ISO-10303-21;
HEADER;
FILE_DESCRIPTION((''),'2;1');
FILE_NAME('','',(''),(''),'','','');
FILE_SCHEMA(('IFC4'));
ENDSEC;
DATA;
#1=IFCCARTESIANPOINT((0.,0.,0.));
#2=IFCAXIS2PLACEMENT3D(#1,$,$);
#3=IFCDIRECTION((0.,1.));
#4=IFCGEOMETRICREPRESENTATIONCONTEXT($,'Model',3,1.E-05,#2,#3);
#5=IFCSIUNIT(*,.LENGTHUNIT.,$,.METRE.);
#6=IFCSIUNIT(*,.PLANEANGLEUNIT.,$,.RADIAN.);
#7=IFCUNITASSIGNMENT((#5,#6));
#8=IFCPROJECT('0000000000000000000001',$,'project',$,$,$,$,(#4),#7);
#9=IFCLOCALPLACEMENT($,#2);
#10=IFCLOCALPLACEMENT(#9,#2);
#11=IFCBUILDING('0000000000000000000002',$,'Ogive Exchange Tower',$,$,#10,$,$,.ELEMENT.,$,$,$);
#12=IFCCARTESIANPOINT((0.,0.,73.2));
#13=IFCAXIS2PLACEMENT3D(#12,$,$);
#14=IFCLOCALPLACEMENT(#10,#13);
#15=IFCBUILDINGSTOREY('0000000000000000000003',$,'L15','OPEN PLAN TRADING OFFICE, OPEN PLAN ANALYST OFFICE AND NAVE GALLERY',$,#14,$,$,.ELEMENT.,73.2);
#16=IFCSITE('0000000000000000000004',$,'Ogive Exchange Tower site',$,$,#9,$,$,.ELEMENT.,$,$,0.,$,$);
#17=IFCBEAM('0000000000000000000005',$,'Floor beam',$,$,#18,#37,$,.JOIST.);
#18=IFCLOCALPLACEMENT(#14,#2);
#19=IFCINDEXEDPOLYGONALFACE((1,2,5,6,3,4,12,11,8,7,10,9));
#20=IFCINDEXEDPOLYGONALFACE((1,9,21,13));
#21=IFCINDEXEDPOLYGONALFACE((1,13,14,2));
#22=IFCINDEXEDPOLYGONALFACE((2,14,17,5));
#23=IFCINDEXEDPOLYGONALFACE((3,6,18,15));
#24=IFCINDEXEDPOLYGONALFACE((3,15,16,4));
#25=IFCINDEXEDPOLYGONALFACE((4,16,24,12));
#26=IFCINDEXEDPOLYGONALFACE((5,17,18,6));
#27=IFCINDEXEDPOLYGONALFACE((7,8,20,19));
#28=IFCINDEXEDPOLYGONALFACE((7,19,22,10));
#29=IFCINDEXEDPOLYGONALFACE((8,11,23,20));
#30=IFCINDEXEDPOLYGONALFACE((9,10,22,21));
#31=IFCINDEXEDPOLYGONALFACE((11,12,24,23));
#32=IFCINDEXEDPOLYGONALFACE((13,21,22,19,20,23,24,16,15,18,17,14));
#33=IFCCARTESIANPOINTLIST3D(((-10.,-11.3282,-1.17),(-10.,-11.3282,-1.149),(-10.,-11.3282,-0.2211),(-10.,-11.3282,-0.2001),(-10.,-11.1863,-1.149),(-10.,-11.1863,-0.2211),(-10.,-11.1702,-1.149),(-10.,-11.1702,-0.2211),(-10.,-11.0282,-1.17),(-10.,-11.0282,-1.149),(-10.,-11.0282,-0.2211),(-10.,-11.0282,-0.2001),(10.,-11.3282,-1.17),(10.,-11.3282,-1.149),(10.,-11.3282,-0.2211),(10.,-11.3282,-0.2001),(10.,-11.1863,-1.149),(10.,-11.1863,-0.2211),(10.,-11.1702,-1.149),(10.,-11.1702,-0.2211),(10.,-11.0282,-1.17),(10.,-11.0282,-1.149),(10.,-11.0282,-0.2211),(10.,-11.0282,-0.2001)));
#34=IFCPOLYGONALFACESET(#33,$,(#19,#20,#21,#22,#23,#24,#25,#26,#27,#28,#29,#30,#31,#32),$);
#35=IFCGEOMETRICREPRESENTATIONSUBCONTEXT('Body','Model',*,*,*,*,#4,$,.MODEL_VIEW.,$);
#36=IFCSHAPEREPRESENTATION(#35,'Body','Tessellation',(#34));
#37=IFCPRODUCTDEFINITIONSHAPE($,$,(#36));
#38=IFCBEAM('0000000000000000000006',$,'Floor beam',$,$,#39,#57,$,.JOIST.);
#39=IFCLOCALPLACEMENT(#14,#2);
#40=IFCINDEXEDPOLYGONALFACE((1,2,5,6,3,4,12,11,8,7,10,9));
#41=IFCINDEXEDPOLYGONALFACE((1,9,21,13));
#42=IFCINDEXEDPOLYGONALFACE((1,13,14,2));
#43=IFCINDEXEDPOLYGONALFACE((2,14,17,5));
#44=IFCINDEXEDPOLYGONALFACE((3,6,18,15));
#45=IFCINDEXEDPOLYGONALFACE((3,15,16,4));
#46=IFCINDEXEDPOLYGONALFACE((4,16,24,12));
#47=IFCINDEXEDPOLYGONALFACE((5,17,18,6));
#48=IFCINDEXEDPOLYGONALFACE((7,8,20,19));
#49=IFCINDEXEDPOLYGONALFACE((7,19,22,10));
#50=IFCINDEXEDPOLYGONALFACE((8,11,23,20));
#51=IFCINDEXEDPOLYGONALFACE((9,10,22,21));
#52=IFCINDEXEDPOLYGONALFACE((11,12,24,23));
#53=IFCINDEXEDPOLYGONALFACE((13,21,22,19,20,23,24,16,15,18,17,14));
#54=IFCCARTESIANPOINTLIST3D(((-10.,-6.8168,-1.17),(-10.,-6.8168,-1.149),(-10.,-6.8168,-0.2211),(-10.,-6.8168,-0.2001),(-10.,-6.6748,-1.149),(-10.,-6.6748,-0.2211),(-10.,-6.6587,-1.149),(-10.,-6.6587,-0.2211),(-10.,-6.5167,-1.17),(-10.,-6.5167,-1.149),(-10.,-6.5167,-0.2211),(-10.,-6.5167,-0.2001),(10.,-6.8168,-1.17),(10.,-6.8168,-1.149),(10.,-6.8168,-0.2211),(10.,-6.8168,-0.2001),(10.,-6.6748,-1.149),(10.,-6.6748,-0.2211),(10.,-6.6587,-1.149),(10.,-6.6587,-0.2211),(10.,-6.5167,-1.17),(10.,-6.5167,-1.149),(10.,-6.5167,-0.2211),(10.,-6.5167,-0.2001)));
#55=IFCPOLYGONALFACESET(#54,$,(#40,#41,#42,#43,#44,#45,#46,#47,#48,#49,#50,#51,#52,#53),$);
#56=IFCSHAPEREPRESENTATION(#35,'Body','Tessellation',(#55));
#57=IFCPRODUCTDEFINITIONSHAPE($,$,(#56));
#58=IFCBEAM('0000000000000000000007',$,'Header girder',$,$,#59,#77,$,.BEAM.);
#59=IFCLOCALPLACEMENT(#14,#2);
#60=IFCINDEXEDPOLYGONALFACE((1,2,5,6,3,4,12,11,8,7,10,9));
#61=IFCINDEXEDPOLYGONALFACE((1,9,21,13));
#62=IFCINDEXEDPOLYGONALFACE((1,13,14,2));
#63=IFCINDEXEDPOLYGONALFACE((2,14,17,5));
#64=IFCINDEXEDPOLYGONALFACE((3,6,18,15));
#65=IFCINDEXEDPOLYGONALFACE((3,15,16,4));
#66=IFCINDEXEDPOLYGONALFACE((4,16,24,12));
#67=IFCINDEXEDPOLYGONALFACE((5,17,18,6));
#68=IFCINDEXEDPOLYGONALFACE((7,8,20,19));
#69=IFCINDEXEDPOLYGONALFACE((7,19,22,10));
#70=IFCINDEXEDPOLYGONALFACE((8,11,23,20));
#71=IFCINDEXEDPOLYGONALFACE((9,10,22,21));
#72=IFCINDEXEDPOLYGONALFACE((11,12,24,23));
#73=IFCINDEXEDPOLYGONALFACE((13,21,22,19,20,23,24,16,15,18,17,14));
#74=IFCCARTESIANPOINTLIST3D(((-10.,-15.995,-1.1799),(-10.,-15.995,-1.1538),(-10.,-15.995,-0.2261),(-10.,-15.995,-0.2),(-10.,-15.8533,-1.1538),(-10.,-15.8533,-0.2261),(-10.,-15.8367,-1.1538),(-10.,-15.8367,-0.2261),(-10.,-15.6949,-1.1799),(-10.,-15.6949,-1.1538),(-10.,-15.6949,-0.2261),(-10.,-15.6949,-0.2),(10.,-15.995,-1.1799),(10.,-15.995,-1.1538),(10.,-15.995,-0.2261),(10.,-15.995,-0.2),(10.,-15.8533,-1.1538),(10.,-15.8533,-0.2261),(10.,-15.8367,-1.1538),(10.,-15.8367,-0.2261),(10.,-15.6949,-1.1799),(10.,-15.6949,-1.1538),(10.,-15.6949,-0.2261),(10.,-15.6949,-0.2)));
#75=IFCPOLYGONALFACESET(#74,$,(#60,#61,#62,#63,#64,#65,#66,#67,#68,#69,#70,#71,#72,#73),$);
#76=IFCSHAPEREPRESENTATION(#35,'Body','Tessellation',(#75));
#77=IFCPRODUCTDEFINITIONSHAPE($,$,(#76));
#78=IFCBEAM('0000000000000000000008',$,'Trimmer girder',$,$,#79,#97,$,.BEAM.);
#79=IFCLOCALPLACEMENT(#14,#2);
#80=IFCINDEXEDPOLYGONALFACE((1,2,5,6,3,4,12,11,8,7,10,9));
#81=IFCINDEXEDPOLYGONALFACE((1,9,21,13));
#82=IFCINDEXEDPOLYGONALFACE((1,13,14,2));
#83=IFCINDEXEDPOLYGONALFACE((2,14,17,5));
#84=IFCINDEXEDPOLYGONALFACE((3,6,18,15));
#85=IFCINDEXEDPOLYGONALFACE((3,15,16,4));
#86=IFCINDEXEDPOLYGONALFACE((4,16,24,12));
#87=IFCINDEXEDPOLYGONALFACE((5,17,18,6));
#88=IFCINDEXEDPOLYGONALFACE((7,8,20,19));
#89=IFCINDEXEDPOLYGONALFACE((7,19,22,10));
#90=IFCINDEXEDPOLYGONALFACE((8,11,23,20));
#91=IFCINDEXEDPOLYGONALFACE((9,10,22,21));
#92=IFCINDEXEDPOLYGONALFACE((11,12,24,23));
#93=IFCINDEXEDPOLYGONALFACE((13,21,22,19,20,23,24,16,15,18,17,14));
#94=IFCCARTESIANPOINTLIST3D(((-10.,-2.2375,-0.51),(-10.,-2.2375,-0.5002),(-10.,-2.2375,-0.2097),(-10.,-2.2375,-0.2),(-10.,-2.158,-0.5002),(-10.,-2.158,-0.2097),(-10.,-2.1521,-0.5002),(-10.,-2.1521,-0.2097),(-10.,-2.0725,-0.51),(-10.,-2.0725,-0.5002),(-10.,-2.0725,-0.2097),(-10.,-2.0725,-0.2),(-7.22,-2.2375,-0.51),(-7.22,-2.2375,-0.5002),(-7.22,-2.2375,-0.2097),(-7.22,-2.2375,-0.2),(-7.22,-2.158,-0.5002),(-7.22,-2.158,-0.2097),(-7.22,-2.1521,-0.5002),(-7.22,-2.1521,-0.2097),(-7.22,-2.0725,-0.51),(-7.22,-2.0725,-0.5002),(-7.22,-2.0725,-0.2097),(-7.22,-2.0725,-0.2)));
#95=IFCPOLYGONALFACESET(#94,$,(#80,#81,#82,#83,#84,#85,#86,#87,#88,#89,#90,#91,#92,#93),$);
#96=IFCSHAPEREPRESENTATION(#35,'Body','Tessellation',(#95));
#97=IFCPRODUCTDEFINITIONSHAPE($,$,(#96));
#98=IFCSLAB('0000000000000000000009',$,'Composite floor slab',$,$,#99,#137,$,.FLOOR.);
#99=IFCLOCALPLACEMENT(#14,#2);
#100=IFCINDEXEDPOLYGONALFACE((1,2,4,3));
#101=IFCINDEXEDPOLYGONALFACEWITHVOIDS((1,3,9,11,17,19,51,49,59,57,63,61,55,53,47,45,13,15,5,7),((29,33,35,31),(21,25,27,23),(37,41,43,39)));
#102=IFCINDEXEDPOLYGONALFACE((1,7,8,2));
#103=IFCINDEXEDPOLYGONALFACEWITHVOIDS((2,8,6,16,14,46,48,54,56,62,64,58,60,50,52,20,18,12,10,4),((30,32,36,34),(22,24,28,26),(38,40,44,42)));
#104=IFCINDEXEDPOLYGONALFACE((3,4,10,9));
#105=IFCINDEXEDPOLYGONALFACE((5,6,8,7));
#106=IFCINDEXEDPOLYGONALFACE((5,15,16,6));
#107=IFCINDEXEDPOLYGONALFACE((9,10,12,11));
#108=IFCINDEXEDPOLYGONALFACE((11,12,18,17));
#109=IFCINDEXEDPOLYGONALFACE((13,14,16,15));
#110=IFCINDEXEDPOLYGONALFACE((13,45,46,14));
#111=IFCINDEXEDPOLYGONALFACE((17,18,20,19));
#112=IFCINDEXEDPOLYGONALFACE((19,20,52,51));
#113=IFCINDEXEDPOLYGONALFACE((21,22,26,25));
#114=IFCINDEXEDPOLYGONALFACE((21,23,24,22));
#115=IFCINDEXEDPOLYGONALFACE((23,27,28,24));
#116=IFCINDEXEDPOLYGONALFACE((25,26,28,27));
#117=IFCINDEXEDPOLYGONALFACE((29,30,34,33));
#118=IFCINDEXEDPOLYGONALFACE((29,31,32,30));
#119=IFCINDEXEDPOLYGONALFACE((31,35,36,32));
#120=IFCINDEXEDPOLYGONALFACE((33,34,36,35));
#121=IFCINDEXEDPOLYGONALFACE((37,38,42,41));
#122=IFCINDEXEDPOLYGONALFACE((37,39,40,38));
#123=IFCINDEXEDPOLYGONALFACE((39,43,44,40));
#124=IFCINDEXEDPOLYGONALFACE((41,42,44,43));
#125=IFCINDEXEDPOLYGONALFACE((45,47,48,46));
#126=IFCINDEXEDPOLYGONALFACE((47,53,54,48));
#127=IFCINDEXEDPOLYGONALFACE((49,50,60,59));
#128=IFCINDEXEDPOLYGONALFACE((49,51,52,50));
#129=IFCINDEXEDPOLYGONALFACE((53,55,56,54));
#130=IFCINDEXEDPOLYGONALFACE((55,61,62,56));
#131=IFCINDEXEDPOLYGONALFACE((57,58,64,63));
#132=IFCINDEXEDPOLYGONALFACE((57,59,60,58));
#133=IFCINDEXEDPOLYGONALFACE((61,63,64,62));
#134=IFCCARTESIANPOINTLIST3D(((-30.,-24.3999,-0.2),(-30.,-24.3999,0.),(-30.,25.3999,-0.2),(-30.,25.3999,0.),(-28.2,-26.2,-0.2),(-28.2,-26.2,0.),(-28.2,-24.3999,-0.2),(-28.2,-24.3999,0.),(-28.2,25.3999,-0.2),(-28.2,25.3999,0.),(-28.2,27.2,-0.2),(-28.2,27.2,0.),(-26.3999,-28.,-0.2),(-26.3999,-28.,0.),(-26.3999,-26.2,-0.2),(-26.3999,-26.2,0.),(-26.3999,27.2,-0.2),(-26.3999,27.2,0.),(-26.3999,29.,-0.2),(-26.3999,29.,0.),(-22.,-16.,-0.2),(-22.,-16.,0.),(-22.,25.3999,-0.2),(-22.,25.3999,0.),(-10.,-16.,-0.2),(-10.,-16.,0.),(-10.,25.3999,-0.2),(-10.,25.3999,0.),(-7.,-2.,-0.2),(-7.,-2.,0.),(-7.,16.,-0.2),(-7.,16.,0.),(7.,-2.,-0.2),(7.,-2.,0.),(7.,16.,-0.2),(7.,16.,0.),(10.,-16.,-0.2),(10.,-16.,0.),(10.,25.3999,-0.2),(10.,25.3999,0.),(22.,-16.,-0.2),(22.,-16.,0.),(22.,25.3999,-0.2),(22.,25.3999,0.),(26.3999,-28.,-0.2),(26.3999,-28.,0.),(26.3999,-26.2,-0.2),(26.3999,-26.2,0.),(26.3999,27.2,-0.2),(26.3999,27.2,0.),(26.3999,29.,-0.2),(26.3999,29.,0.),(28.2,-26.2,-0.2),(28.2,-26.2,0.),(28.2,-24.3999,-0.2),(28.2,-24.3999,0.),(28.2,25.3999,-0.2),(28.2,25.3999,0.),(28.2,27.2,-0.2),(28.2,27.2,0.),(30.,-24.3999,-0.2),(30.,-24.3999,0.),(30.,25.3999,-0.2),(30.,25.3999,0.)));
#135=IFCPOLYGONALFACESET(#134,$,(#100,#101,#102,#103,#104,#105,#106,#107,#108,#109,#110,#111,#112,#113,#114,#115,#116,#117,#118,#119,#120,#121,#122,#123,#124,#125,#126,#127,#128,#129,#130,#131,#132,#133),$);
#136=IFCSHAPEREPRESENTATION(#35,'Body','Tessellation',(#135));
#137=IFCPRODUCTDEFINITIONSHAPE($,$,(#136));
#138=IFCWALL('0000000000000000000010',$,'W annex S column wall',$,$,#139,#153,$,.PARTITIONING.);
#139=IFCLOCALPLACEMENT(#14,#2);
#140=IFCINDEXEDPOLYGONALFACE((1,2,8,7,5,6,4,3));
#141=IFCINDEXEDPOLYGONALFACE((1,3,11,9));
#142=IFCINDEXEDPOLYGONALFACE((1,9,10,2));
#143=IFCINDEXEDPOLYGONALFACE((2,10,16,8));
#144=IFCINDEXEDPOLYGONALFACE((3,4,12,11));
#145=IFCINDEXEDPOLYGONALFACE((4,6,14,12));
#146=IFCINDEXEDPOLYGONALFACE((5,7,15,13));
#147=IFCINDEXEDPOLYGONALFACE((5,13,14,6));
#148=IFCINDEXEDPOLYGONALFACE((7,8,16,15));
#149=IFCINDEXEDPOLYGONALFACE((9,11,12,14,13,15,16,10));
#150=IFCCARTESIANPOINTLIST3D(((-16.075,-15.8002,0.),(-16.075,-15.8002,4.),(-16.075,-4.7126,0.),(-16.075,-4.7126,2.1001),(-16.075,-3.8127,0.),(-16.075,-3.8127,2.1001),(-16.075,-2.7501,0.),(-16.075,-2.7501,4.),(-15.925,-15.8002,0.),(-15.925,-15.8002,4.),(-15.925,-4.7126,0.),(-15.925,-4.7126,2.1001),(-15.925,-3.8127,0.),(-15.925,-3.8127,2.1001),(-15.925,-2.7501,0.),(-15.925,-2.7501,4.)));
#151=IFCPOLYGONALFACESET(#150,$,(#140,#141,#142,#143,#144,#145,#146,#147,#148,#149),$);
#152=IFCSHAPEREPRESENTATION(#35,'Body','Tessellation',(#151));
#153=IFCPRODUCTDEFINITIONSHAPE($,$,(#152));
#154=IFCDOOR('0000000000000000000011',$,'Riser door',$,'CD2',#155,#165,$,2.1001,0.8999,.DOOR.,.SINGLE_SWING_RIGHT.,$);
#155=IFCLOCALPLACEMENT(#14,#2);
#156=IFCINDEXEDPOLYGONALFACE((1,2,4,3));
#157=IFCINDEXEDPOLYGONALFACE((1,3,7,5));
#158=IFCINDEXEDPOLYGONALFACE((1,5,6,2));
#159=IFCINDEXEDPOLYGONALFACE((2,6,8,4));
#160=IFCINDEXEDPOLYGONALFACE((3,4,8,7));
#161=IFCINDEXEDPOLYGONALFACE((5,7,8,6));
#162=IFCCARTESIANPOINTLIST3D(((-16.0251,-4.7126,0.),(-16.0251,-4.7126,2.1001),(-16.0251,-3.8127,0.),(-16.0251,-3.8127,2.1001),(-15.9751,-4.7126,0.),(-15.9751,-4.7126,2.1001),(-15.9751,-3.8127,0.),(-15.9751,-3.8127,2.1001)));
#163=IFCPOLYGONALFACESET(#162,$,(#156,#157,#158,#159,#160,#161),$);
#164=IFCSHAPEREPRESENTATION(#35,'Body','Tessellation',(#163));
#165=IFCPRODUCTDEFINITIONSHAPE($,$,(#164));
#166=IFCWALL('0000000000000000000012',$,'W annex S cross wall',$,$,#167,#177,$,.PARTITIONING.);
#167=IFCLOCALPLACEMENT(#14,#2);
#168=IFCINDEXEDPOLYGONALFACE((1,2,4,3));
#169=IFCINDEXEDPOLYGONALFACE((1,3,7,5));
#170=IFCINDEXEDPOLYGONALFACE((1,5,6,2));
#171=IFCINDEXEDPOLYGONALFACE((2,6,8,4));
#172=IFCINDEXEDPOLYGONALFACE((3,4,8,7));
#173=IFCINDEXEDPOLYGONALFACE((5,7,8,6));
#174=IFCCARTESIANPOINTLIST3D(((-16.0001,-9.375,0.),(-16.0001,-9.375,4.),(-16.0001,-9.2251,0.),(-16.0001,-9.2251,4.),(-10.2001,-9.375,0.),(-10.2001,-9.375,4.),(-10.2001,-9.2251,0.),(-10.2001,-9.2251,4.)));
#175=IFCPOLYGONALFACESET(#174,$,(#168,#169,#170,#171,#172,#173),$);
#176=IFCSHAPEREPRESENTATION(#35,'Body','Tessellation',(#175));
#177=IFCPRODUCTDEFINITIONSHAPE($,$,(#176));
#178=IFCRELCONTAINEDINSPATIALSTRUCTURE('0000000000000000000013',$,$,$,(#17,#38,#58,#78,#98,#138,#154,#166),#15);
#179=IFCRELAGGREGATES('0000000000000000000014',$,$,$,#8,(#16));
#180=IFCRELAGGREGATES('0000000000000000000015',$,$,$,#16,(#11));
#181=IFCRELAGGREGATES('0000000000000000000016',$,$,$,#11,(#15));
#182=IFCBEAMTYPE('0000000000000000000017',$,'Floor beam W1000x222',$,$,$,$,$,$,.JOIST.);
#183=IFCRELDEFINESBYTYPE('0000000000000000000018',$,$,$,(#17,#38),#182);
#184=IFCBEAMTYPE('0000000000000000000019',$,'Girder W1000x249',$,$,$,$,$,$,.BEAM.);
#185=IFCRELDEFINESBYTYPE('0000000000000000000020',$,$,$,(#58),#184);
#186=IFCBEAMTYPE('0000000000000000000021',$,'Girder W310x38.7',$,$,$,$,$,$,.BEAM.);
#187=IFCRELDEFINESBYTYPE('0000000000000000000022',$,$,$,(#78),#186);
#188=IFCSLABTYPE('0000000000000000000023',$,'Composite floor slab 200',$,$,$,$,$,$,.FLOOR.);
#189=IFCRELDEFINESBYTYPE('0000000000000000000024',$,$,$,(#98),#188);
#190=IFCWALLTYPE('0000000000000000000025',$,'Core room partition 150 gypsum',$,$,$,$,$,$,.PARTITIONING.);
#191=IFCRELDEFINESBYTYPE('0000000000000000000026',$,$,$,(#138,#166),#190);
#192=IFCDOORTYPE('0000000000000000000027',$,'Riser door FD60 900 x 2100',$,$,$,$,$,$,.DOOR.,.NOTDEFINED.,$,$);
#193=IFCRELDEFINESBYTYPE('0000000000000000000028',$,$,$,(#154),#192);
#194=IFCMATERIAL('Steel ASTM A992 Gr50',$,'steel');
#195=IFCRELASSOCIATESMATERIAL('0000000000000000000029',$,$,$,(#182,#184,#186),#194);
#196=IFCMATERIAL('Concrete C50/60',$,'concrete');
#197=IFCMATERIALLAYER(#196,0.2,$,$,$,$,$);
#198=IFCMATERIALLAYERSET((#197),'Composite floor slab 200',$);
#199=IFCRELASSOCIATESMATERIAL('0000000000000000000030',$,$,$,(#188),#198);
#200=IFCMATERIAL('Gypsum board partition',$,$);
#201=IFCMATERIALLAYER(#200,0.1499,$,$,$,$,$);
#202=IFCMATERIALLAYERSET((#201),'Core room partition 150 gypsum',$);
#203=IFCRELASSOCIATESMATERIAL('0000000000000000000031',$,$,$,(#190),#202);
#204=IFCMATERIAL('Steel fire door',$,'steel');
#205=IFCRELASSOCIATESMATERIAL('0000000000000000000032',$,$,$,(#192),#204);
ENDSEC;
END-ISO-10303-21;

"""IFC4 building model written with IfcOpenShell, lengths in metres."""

from ifc_helpers import new_model, si_unit, direction, frame, frame_2d, origin, origin_2d, place, context, subcontext, project, spatial, polyline, rectangle, i_section, outline, extrude, material, layer, layer_set, material_profile, profile_set, type_object, element, fill, save


model = new_model("IFC4")

# Units and contexts
model_context = context("Model", 3, precision=1e-05, world=origin(), true_north=direction((0.0, 1.0)))
body_context = subcontext(model_context, "Body", "Model", "MODEL_VIEW")
ifc_project = project(units=[si_unit("LENGTHUNIT", "METRE"), si_unit("PLANEANGLEUNIT", "RADIAN")], contexts=[model_context])

# Site, building, storey
site_placement = place(None, origin())
site = spatial("IfcSite", under=ifc_project, at=site_placement, Name="Ogive Exchange Tower site", CompositionType="ELEMENT", RefElevation=0.0)
building_placement = place(site_placement, origin())
building = spatial("IfcBuilding", under=site, at=building_placement, Name="Ogive Exchange Tower", CompositionType="ELEMENT")
storey_placement = place(building_placement, frame((0.0, 0.0, 73.2)))
storey = spatial("IfcBuildingStorey", under=building, at=storey_placement, Name="L15", Description="OPEN PLAN TRADING OFFICE, OPEN PLAN ANALYST OFFICE AND NAVE GALLERY", CompositionType="ELEMENT", Elevation=73.2)

# Beams
ifc_material_1 = material(Name="Steel ASTM A992 Gr50", Category="steel")
ifc_material_profile_1 = material_profile(ifc_material_1, i_section(OverallWidth=0.3, OverallDepth=0.97, WebThickness=0.0161, FlangeThickness=0.021, at=origin_2d()), Name="W1000x222")
ifc_profile_set_1 = profile_set([ifc_material_profile_1], Name="Steel ASTM A992 Gr50")
beam_type_1 = type_object("IfcBeamType", Name="Floor beam W1000x222", PredefinedType="JOIST", material=ifc_profile_set_1)
for number, where, z_axis, x_axis, name in (
    (1, (-10.0, -11.1782, -0.6851), (1.0, 0.0, 0.0), (0.0, 1.0, 0.0), "Floor beam"),
    (2, (-10.0, -6.6667, -0.6851), (1.0, 0.0, 0.0), (0.0, 1.0, 0.0), "Floor beam"),
):
    element("IfcBeam", number, at=place(storey_placement, frame(where, z_axis=z_axis, x_axis=x_axis)), inside=storey, type_object=beam_type_1, Name=name, PredefinedType="JOIST", context=body_context, shape_type="SweptSolid", body=[
        extrude(i_section(OverallWidth=0.3, OverallDepth=0.97, WebThickness=0.0161, FlangeThickness=0.021, at=origin_2d()), origin(), (0.0, 0.0, 1.0), 20.0),
    ])
ifc_material_profile_2 = material_profile(ifc_material_1, i_section(OverallWidth=0.3, OverallDepth=0.98, WebThickness=0.0166, FlangeThickness=0.0261, at=origin_2d()), Name="W1000x249")
ifc_profile_set_2 = profile_set([ifc_material_profile_2], Name="Steel ASTM A992 Gr50")
beam_type_2 = type_object("IfcBeamType", Name="Girder W1000x249", PredefinedType="BEAM", material=ifc_profile_set_2)
beam_1_placement = place(storey_placement, frame((-10.0, -15.845, -0.6899), z_axis=(1.0, 0.0, 0.0), x_axis=(0.0, 1.0, 0.0)))
element("IfcBeam", 3, at=beam_1_placement, inside=storey, type_object=beam_type_2, Name="Header girder", PredefinedType="BEAM", context=body_context, shape_type="SweptSolid", body=[
    extrude(i_section(OverallWidth=0.3, OverallDepth=0.98, WebThickness=0.0166, FlangeThickness=0.0261, at=origin_2d()), origin(), (0.0, 0.0, 1.0), 20.0),
])
ifc_material_profile_3 = material_profile(ifc_material_1, i_section(OverallWidth=0.165, OverallDepth=0.3101, WebThickness=0.0059, FlangeThickness=0.0098, at=origin_2d()), Name="W310x38.7")
ifc_profile_set_3 = profile_set([ifc_material_profile_3], Name="Steel ASTM A992 Gr50")
beam_type_3 = type_object("IfcBeamType", Name="Girder W310x38.7", PredefinedType="BEAM", material=ifc_profile_set_3)
beam_2_placement = place(storey_placement, frame((-10.0, -2.155, -0.355), z_axis=(1.0, 0.0, 0.0), x_axis=(0.0, 1.0, 0.0)))
element("IfcBeam", 4, at=beam_2_placement, inside=storey, type_object=beam_type_3, Name="Trimmer girder", PredefinedType="BEAM", context=body_context, shape_type="SweptSolid", body=[
    extrude(i_section(OverallWidth=0.165, OverallDepth=0.3101, WebThickness=0.0059, FlangeThickness=0.0098, at=origin_2d()), origin(), (0.0, 0.0, 1.0), 2.78),
])

# Slab
ifc_material_2 = material(Name="Concrete C50/60", Category="concrete")
ifc_layer_1 = layer(ifc_material_2, 0.2)
ifc_layer_set_1 = layer_set([ifc_layer_1], Name="Composite floor slab 200")
slab_type = type_object("IfcSlabType", Name="Composite floor slab 200", PredefinedType="FLOOR", material=ifc_layer_set_1)
slab_placement = place(storey_placement, frame((0.0, 0.0, -0.2)))
element("IfcSlab", 5, at=slab_placement, inside=storey, type_object=slab_type, Name="Composite floor slab", PredefinedType="FLOOR", context=body_context, shape_type="SweptSolid", body=[
    extrude(outline(polyline([(-26.3999, -26.2), (-28.2, -26.2), (-28.2, -24.3999), (-30.0, -24.3999), (-30.0, 25.3999), (-28.2, 25.3999), (-28.2, 27.2), (-26.3999, 27.2), (-26.3999, 29.0), (26.3999, 29.0), (26.3999, 27.2), (28.2, 27.2), (28.2, 25.3999), (30.0, 25.3999), (30.0, -24.3999), (28.2, -24.3999), (28.2, -26.2), (26.3999, -26.2), (26.3999, -28.0), (-26.3999, -28.0), (-26.3999, -26.2)]), holes=[polyline([(-10.0, -16.0), (-10.0, 25.3999), (-22.0, 25.3999), (-22.0, -16.0), (-10.0, -16.0)]), polyline([(10.0, -16.0), (22.0, -16.0), (22.0, 25.3999), (10.0, 25.3999), (10.0, -16.0)]), polyline([(-7.0, -2.0), (7.0, -2.0), (7.0, 16.0), (-7.0, 16.0), (-7.0, -2.0)])]), origin(), (0.0, 0.0, 1.0), 0.2),
])

# Wall, opening, door
ifc_material_3 = material(Name="Gypsum board partition")
ifc_layer_2 = layer(ifc_material_3, 0.1499)
ifc_layer_set_2 = layer_set([ifc_layer_2], Name="Core room partition 150 gypsum")
wall_type_1 = type_object("IfcWallType", Name="Core room partition 150 gypsum", PredefinedType="PARTITIONING", material=ifc_layer_set_2)
wall_1_placement = place(storey_placement, frame((-16.0, -15.8, 0.0), z_axis=(0.0, 0.0, 1.0), x_axis=(0.0, 1.0, 0.0)))
wall_1 = element("IfcWall", 6, at=wall_1_placement, inside=storey, type_object=wall_type_1, Name="W annex S column wall", PredefinedType="PARTITIONING", context=body_context, shape_type="SweptSolid", body=[
    extrude(rectangle(XDim=13.05, YDim=0.1499, at=frame_2d((6.5249, 0.0))), origin(), (0.0, 0.0, 1.0), 4.0),
])
opening_1_placement = place(wall_1_placement, frame((11.0874, 0.0, 0.0)))
opening_1 = element("IfcOpeningElement", 7, at=opening_1_placement, cuts=wall_1, PredefinedType="OPENING", context=body_context, shape_type="SweptSolid", body=[
    extrude(rectangle(XDim=0.8999, YDim=2.1001, at=frame_2d((0.45, 1.05))), frame((0.0, 0.085, 0.0), z_axis=(0.0, -1.0, 0.0), x_axis=(1.0, 0.0, 0.0)), (0.0, 0.0, 1.0), 0.1699),
])
ifc_material_4 = material(Name="Steel fire door", Category="steel")
door_type_1 = type_object("IfcDoorType", Name="Riser door FD60 900 x 2100", OperationType="NOTDEFINED", PredefinedType="DOOR", material=ifc_material_4)
door_1_placement = place(opening_1_placement, frame((0.8999, 0.0, 0.0), z_axis=(0.0, 0.0, 1.0), x_axis=(-1.0, 0.0, 0.0)))
door_1 = element("IfcDoor", 8, at=door_1_placement, inside=storey, type_object=door_type_1, Name="Riser door", ObjectType="CD2", OperationType="SINGLE_SWING_RIGHT", OverallHeight=2.1001, OverallWidth=0.8999, PredefinedType="DOOR", context=body_context, shape_type="SweptSolid", body=[
    extrude(rectangle(XDim=0.8999, YDim=2.1001, at=frame_2d((0.45, 1.05))), frame((0.0, 0.0249, 0.0), z_axis=(0.0, -1.0, 0.0), x_axis=(1.0, 0.0, 0.0)), (0.0, 0.0, 1.0), 0.05),
])
fill(opening_1, door_1)

# Wall
wall_2_placement = place(storey_placement, frame((-16.0, -9.3, 0.0), z_axis=(0.0, 0.0, 1.0), x_axis=(1.0, 0.0, 0.0)))
element("IfcWall", 9, at=wall_2_placement, inside=storey, type_object=wall_type_1, Name="W annex S cross wall", PredefinedType="PARTITIONING", context=body_context, shape_type="SweptSolid", body=[
    extrude(rectangle(XDim=5.8, YDim=0.1499, at=frame_2d((2.8999, 0.0))), origin(), (0.0, 0.0, 1.0), 4.0),
])

save(model, "model.ifc")
